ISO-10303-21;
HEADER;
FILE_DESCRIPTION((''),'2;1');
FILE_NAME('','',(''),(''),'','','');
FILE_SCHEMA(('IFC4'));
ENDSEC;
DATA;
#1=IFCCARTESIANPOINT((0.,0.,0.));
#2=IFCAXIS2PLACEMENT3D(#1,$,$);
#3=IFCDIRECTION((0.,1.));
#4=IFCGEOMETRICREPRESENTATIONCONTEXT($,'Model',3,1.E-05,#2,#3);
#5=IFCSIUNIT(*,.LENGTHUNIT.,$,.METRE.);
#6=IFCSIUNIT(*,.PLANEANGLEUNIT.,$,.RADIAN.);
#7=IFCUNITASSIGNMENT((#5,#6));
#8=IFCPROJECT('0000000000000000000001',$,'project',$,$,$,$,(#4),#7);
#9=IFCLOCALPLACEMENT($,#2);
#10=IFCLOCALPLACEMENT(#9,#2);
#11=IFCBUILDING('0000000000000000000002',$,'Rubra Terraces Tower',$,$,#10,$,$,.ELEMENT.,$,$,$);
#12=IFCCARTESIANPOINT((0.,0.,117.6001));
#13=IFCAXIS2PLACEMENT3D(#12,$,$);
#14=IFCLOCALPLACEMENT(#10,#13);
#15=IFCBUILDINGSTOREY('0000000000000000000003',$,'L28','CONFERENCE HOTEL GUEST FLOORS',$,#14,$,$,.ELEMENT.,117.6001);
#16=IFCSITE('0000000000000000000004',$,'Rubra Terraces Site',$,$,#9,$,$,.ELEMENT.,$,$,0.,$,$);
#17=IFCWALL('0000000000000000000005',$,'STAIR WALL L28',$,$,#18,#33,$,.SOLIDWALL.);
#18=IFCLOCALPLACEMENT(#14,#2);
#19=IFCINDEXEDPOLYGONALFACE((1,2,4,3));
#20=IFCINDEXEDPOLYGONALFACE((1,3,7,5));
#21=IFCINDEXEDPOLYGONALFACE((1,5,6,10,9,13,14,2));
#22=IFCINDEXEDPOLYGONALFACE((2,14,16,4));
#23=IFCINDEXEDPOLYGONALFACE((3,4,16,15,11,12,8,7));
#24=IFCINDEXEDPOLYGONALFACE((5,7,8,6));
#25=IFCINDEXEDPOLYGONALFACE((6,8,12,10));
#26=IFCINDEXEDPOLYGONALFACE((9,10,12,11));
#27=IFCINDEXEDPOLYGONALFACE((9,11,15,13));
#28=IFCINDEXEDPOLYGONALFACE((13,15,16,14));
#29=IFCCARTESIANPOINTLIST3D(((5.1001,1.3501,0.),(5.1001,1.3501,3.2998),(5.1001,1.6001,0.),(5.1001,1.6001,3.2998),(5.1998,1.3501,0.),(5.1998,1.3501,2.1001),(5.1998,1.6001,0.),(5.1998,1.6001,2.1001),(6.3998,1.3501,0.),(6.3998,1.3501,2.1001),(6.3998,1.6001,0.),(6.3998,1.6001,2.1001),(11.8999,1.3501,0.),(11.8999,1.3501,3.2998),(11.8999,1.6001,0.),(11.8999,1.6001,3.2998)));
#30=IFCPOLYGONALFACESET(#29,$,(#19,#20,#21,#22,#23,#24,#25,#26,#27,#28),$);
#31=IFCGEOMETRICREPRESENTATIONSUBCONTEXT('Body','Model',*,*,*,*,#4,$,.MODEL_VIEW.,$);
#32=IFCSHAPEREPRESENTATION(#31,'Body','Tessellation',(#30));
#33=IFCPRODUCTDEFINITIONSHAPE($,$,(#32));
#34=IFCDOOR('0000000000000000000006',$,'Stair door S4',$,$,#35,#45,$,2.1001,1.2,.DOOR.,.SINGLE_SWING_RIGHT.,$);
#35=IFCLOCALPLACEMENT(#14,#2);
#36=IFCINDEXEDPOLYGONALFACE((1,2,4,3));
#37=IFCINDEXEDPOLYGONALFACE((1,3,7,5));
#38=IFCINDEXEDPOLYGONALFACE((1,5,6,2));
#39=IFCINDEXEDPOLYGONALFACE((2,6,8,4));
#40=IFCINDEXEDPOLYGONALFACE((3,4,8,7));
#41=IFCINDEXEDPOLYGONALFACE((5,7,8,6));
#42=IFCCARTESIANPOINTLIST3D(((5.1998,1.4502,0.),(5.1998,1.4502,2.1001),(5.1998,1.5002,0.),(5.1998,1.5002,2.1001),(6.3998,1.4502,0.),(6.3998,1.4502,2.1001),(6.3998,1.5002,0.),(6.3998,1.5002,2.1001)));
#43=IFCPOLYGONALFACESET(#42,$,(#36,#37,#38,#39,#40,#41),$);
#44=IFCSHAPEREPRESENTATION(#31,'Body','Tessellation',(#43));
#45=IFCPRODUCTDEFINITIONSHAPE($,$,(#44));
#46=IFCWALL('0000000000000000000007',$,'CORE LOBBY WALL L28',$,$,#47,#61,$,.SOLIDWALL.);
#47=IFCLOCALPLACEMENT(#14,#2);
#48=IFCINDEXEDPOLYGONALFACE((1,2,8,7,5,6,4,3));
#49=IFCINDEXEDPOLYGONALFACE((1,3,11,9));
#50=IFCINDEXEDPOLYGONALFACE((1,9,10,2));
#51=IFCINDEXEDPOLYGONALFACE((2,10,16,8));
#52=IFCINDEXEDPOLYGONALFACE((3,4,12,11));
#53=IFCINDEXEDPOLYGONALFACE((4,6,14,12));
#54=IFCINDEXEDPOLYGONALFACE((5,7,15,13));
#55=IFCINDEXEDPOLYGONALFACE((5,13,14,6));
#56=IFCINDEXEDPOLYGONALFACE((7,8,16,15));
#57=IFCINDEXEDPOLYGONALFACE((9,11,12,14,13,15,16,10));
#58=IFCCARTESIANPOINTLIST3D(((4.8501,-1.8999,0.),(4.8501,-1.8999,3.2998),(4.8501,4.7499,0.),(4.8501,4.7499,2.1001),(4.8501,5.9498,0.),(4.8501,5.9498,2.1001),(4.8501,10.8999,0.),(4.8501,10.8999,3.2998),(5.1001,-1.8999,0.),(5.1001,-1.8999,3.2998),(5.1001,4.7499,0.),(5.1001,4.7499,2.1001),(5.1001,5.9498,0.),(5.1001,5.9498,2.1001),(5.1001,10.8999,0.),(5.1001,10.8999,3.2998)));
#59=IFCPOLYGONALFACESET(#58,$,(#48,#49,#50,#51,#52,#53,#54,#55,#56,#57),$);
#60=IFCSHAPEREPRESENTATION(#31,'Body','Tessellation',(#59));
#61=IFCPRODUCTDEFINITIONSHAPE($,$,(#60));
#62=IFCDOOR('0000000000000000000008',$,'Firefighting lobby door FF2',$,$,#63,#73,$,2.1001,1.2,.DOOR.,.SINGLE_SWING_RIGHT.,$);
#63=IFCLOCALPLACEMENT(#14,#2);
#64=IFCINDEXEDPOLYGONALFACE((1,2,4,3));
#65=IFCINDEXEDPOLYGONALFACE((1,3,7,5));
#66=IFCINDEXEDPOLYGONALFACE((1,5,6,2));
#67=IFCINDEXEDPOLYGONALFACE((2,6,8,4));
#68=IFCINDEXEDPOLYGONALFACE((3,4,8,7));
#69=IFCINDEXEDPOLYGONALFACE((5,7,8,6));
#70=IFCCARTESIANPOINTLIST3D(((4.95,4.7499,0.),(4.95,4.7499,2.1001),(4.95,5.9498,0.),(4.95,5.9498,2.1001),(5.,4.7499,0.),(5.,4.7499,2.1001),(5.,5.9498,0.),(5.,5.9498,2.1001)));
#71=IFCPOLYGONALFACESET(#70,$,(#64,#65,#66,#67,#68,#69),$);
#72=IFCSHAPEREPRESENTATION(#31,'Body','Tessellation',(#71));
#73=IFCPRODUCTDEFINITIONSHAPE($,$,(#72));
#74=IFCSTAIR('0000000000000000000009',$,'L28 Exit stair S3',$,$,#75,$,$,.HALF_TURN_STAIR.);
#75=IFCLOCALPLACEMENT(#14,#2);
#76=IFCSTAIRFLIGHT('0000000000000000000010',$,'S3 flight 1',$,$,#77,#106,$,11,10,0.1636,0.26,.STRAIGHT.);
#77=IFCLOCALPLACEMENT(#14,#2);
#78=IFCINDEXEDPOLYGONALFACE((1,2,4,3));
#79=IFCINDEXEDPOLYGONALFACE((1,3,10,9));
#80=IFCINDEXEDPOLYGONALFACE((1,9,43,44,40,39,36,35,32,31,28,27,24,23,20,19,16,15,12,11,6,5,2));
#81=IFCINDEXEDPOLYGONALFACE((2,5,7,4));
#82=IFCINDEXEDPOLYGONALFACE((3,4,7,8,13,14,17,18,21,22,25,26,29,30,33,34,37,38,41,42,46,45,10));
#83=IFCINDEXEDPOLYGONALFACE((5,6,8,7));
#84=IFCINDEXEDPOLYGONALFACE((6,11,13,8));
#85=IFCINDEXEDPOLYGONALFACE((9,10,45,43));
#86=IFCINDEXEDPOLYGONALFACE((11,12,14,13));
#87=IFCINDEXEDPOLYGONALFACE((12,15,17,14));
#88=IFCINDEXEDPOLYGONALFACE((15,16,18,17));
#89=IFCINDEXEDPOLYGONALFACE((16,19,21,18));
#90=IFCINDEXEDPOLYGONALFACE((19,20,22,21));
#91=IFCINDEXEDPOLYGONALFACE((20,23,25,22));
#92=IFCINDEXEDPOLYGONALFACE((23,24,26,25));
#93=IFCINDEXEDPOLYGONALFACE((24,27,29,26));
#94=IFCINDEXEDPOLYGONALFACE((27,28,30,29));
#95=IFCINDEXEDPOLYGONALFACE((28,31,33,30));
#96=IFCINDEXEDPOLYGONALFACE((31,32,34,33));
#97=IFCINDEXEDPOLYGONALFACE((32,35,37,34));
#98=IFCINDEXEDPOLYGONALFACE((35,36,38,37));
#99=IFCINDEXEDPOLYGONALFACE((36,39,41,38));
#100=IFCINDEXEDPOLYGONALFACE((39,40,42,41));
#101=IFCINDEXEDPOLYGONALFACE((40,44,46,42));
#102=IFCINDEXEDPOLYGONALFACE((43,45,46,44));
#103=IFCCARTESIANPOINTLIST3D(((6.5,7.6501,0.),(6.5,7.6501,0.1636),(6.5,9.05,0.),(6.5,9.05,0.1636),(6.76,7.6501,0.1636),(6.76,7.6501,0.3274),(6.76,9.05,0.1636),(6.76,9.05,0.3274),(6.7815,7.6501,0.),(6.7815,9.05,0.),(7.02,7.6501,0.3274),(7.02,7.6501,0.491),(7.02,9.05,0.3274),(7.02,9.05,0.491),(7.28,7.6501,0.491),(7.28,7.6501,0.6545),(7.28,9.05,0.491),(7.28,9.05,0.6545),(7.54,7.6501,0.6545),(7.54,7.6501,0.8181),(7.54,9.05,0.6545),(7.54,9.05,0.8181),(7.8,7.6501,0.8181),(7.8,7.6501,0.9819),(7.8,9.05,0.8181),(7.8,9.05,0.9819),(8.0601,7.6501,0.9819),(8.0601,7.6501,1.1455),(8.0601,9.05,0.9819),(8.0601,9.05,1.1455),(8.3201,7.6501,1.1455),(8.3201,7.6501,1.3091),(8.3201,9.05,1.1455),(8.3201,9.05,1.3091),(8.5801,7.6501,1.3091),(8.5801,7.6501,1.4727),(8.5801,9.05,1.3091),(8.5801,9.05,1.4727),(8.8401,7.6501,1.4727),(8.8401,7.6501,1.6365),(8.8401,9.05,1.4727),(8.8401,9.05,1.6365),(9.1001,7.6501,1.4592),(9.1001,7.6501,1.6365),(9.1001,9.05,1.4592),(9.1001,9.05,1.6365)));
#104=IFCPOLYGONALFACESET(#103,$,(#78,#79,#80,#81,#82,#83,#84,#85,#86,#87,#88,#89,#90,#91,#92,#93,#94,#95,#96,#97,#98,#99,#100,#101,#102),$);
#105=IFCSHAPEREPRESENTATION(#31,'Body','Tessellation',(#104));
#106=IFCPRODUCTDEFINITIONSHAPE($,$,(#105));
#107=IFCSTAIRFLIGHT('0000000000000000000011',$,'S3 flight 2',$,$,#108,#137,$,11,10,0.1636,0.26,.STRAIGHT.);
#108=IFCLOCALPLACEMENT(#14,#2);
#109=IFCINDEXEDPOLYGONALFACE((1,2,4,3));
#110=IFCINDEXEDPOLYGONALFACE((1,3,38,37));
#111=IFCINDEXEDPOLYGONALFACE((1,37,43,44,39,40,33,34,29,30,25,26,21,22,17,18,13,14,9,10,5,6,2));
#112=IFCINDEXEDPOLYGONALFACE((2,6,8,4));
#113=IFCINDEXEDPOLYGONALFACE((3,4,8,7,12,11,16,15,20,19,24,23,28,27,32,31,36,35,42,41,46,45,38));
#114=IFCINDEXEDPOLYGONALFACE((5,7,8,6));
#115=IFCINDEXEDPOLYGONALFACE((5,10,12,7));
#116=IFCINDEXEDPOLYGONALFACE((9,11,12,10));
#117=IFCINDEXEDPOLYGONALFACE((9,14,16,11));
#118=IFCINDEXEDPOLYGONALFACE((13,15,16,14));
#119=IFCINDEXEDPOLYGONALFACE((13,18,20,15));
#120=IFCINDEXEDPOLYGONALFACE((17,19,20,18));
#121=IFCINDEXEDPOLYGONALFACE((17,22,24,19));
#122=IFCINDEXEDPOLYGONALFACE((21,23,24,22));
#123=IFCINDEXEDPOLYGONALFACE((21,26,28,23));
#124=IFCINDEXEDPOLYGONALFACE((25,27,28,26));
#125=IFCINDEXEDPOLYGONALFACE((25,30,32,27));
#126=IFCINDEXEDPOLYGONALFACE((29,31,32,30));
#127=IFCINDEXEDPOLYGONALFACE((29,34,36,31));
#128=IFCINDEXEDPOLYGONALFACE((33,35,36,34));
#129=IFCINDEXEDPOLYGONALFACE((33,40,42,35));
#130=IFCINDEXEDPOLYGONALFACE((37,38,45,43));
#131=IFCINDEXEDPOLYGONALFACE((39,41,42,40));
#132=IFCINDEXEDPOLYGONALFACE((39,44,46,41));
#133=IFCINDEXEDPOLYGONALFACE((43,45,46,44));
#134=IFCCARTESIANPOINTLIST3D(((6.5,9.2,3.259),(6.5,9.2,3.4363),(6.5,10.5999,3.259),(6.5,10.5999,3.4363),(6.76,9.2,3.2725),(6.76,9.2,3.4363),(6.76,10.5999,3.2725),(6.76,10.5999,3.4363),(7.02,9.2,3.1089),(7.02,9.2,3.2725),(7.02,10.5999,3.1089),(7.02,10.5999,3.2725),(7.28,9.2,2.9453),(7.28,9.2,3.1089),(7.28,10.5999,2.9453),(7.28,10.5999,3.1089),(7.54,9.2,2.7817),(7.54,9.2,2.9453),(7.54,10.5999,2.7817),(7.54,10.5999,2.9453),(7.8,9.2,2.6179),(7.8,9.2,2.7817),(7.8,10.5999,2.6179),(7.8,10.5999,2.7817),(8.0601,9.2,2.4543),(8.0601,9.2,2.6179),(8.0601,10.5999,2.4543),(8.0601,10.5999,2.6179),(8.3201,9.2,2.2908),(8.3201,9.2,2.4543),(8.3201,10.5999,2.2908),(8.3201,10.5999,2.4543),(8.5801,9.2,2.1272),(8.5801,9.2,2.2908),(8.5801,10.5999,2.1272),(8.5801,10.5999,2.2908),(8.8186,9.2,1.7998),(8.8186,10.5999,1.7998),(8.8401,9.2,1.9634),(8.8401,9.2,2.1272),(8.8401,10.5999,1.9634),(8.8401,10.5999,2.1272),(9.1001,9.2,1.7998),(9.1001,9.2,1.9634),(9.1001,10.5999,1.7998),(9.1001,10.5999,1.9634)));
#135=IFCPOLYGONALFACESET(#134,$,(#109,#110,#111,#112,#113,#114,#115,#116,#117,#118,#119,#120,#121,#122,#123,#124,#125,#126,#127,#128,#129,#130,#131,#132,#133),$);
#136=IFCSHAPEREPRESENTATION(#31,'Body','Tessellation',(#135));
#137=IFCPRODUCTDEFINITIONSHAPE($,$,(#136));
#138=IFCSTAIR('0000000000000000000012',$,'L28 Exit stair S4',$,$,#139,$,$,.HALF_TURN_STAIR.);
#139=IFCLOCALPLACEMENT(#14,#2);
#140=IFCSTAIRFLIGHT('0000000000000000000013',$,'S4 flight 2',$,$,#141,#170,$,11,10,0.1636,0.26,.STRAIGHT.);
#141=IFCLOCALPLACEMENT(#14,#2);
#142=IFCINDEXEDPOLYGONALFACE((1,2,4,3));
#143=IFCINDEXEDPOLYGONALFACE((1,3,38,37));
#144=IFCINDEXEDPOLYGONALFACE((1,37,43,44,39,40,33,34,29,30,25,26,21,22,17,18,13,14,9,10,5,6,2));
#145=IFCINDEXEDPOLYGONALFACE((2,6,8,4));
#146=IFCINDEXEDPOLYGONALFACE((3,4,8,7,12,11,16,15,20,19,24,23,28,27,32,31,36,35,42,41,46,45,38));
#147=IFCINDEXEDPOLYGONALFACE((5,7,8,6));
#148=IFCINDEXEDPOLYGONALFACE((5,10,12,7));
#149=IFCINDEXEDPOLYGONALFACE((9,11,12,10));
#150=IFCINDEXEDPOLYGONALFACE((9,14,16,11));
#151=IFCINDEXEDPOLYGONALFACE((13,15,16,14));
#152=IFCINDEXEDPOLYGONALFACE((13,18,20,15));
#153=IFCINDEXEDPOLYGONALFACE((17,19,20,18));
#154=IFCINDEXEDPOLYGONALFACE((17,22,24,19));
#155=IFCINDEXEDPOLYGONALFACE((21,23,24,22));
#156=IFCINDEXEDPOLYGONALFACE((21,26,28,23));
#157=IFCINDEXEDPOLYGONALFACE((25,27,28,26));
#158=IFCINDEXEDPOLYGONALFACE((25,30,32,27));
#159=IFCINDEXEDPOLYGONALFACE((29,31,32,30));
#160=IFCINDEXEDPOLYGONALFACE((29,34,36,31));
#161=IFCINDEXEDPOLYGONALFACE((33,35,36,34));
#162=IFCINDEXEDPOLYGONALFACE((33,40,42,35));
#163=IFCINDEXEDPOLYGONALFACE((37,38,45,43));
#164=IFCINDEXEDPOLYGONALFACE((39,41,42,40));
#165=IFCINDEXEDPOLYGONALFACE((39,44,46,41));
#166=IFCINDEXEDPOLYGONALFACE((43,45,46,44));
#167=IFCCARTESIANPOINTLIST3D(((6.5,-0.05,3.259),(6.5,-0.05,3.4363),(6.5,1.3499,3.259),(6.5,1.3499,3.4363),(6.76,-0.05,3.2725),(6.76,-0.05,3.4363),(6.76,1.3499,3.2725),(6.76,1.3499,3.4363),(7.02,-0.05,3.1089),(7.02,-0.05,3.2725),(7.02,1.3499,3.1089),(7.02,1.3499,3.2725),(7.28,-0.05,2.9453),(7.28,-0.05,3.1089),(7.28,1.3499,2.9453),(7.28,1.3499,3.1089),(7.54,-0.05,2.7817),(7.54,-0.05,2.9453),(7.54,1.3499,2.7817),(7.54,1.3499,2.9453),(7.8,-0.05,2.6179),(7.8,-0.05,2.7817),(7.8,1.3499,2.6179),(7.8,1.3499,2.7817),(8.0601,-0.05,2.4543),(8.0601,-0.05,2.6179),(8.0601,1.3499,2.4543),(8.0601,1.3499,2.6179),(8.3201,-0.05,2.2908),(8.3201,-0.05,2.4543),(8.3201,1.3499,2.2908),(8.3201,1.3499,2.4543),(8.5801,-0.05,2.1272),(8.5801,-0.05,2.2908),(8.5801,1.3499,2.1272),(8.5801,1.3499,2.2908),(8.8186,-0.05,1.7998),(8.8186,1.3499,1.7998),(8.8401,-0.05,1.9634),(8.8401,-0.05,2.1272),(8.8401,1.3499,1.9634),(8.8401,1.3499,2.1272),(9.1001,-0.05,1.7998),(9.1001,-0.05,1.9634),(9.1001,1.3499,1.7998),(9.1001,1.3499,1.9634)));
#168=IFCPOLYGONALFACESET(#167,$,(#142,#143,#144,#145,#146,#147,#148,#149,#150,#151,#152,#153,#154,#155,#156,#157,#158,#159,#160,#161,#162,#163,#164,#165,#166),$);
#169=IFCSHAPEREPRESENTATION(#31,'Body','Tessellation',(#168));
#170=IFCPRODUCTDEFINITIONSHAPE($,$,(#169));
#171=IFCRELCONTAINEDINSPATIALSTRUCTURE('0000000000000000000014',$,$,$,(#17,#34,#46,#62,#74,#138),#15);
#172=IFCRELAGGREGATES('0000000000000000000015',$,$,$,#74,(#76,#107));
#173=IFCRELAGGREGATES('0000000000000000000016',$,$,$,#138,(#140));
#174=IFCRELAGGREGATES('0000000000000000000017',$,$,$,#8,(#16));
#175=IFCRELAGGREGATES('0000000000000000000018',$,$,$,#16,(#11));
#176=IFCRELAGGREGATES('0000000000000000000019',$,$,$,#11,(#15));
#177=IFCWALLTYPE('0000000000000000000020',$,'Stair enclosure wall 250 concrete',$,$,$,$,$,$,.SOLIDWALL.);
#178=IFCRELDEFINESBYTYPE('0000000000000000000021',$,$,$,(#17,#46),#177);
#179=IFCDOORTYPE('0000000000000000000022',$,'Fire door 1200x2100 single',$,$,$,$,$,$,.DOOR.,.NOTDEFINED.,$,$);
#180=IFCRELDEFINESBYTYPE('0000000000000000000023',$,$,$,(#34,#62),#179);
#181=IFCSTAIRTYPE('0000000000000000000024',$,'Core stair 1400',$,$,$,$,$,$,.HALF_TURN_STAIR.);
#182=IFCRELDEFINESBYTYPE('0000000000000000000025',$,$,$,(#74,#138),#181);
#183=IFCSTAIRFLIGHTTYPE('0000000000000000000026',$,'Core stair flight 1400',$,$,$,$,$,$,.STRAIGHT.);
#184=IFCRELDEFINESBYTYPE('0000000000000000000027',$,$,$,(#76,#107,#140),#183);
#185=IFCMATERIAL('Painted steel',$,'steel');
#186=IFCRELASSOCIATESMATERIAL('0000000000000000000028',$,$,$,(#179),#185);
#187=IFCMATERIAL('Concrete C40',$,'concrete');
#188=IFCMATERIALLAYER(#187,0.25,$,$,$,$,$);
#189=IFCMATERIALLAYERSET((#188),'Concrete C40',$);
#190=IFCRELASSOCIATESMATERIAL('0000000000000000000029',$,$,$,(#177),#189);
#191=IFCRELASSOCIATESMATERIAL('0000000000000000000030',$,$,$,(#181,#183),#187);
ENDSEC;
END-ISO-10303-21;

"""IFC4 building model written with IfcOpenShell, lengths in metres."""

from ifc_helpers import new_model, si_unit, direction, frame, frame_2d, origin, place, context, subcontext, project, spatial, polyline, rectangle, outline, extrude, material, layer, layer_set, type_object, element, fill, aggregate, save


model = new_model("IFC4")

# Units and contexts
model_context = context("Model", 3, precision=1e-05, world=origin(), true_north=direction((0.0, 1.0)))
body_context = subcontext(model_context, "Body", "Model", "MODEL_VIEW")
ifc_project = project(units=[si_unit("LENGTHUNIT", "METRE"), si_unit("PLANEANGLEUNIT", "RADIAN")], contexts=[model_context])

# Site, building, storey
site_placement = place(None, origin())
site = spatial("IfcSite", under=ifc_project, at=site_placement, Name="Rubra Terraces Site", CompositionType="ELEMENT", RefElevation=0.0)
building_placement = place(site_placement, origin())
building = spatial("IfcBuilding", under=site, at=building_placement, Name="Rubra Terraces Tower", CompositionType="ELEMENT")
storey_placement = place(building_placement, frame((0.0, 0.0, 117.6001)))
storey = spatial("IfcBuildingStorey", under=building, at=storey_placement, Name="L28", Description="CONFERENCE HOTEL GUEST FLOORS", CompositionType="ELEMENT", Elevation=117.6001)

# Shared definitions
ifc_material_1 = material(Name="Concrete C40", Category="concrete")

# Shared definitions
ifc_material_2 = material(Name="Painted steel", Category="steel")
door_type_1 = type_object("IfcDoorType", Name="Fire door 1200x2100 single", OperationType="NOTDEFINED", PredefinedType="DOOR", material=ifc_material_2)

# Walls, openings, doors
ifc_layer_1 = layer(ifc_material_1, 0.25)
ifc_layer_set_1 = layer_set([ifc_layer_1], Name="Concrete C40")
wall_type_1 = type_object("IfcWallType", Name="Stair enclosure wall 250 concrete", PredefinedType="SOLIDWALL", material=ifc_layer_set_1)
wall_1_placement = place(storey_placement, frame((11.8999, 1.4751, 0.0), z_axis=(0.0, 0.0, 1.0), x_axis=(-1.0, 0.0, 0.0)))
wall_1 = element("IfcWall", 1, at=wall_1_placement, inside=storey, type_object=wall_type_1, Name="STAIR WALL L28", PredefinedType="SOLIDWALL", context=body_context, shape_type="SweptSolid", body=[
    extrude(rectangle(XDim=6.7998, YDim=0.25, at=frame_2d((3.3999, 0.0))), origin(), (0.0, 0.0, 1.0), 3.2998),
])
opening_1_placement = place(wall_1_placement, frame((5.5, 0.0, 0.0)))
opening_1 = element("IfcOpeningElement", 2, at=opening_1_placement, cuts=wall_1, PredefinedType="OPENING", context=body_context, shape_type="SweptSolid", body=[
    extrude(rectangle(XDim=1.2, YDim=2.1001, at=frame_2d((0.6001, 1.05))), frame((0.0, 0.135, 0.0), z_axis=(0.0, -1.0, 0.0), x_axis=(1.0, 0.0, 0.0)), (0.0, 0.0, 1.0), 0.27),
])
door_1_placement = place(opening_1_placement, origin())
door_1 = element("IfcDoor", 3, at=door_1_placement, inside=storey, type_object=door_type_1, Name="Stair door S4", OperationType="SINGLE_SWING_RIGHT", OverallHeight=2.1001, OverallWidth=1.2, PredefinedType="DOOR", context=body_context, shape_type="SweptSolid", body=[
    extrude(rectangle(XDim=1.2, YDim=2.1001, at=frame_2d((0.6001, 1.05))), frame((0.0, 0.0249, 0.0), z_axis=(0.0, -1.0, 0.0), x_axis=(1.0, 0.0, 0.0)), (0.0, 0.0, 1.0), 0.05),
])
fill(opening_1, door_1)
wall_2_placement = place(storey_placement, frame((4.9751, 10.8999, 0.0), z_axis=(0.0, 0.0, 1.0), x_axis=(0.0, -1.0, 0.0)))
wall_2 = element("IfcWall", 4, at=wall_2_placement, inside=storey, type_object=wall_type_1, Name="CORE LOBBY WALL L28", PredefinedType="SOLIDWALL", context=body_context, shape_type="SweptSolid", body=[
    extrude(rectangle(XDim=12.7998, YDim=0.25, at=frame_2d((6.3999, 0.0))), origin(), (0.0, 0.0, 1.0), 3.2998),
])
opening_2_placement = place(wall_2_placement, frame((4.95, 0.0, 0.0)))
opening_2 = element("IfcOpeningElement", 5, at=opening_2_placement, cuts=wall_2, PredefinedType="OPENING", context=body_context, shape_type="SweptSolid", body=[
    extrude(rectangle(XDim=1.2, YDim=2.1001, at=frame_2d((0.6001, 1.05))), frame((0.0, 0.135, 0.0), z_axis=(0.0, -1.0, 0.0), x_axis=(1.0, 0.0, 0.0)), (0.0, 0.0, 1.0), 0.27),
])
door_2_placement = place(opening_2_placement, origin())
door_2 = element("IfcDoor", 6, at=door_2_placement, inside=storey, type_object=door_type_1, Name="Firefighting lobby door FF2", OperationType="SINGLE_SWING_RIGHT", OverallHeight=2.1001, OverallWidth=1.2, PredefinedType="DOOR", context=body_context, shape_type="SweptSolid", body=[
    extrude(rectangle(XDim=1.2, YDim=2.1001, at=frame_2d((0.6001, 1.05))), frame((0.0, 0.0249, 0.0), z_axis=(0.0, -1.0, 0.0), x_axis=(1.0, 0.0, 0.0)), (0.0, 0.0, 1.0), 0.05),
])
fill(opening_2, door_2)

# Stair, stair flights
stair_type = type_object("IfcStairType", Name="Core stair 1400", PredefinedType="HALF_TURN_STAIR", material=ifc_material_1)
stair_1_placement = place(storey_placement, origin())
stair_1 = element("IfcStair", 7, at=stair_1_placement, inside=storey, type_object=stair_type, Name="L28 Exit stair S3", PredefinedType="HALF_TURN_STAIR")
stair_flight_type = type_object("IfcStairFlightType", Name="Core stair flight 1400", PredefinedType="STRAIGHT", material=ifc_material_1)
stair_flight_1_placement = place(storey_placement, frame((6.5, 8.3501, 0.0), z_axis=(0.0, 0.0, 1.0), x_axis=(1.0, 0.0, 0.0)))
stair_flight_1 = element("IfcStairFlight", 8, at=stair_flight_1_placement, type_object=stair_flight_type, Name="S3 flight 1", NumberOfRisers=11, NumberOfTreads=10, PredefinedType="STRAIGHT", RiserHeight=0.1636, TreadLength=0.26, context=body_context, shape_type="SweptSolid", body=[
    extrude(outline(polyline([(0.0, 0.0), (0.0, 0.1636), (0.26, 0.1636), (0.26, 0.3274), (0.52, 0.3274), (0.52, 0.491), (0.78, 0.491), (0.78, 0.6545), (1.04, 0.6545), (1.04, 0.8181), (1.3, 0.8181), (1.3, 0.9819), (1.5601, 0.9819), (1.5601, 1.1455), (1.8201, 1.1455), (1.8201, 1.3091), (2.0801, 1.3091), (2.0801, 1.4727), (2.3401, 1.4727), (2.3401, 1.6365), (2.6001, 1.6365), (2.6001, 1.8), (2.6001, 1.4592), (0.2815, 0.0), (0.0, 0.0)])), frame((0.0, 0.7, 0.0), z_axis=(0.0, -1.0, 0.0), x_axis=(1.0, 0.0, 0.0)), (0.0, 0.0, 1.0), 1.3999),
])
stair_flight_2_placement = place(storey_placement, frame((9.1001, 9.8999, 1.7998), z_axis=(0.0, 0.0, 1.0), x_axis=(-1.0, 0.0, 0.0)))
stair_flight_2 = element("IfcStairFlight", 9, at=stair_flight_2_placement, type_object=stair_flight_type, Name="S3 flight 2", NumberOfRisers=11, NumberOfTreads=10, PredefinedType="STRAIGHT", RiserHeight=0.1636, TreadLength=0.26, context=body_context, shape_type="SweptSolid", body=[
    extrude(outline(polyline([(0.0, 0.0), (0.0, 0.1636), (0.26, 0.1636), (0.26, 0.3274), (0.52, 0.3274), (0.52, 0.491), (0.78, 0.491), (0.78, 0.6545), (1.04, 0.6545), (1.04, 0.8181), (1.3, 0.8181), (1.3, 0.9819), (1.5601, 0.9819), (1.5601, 1.1455), (1.8201, 1.1455), (1.8201, 1.3091), (2.0801, 1.3091), (2.0801, 1.4727), (2.3401, 1.4727), (2.3401, 1.6365), (2.6001, 1.6365), (2.6001, 1.8), (2.6001, 1.4592), (0.2815, 0.0), (0.0, 0.0)])), frame((0.0, 0.7, 0.0), z_axis=(0.0, -1.0, 0.0), x_axis=(1.0, 0.0, 0.0)), (0.0, 0.0, 1.0), 1.3999),
])
aggregate(stair_1, [stair_flight_1, stair_flight_2])

# Stair, stair flight
stair_2_placement = place(storey_placement, origin())
stair_2 = element("IfcStair", 10, at=stair_2_placement, inside=storey, type_object=stair_type, Name="L28 Exit stair S4", PredefinedType="HALF_TURN_STAIR")
stair_flight_3_placement = place(storey_placement, frame((9.1001, 0.6499, 1.7998), z_axis=(0.0, 0.0, 1.0), x_axis=(-1.0, 0.0, 0.0)))
stair_flight_3 = element("IfcStairFlight", 11, at=stair_flight_3_placement, type_object=stair_flight_type, Name="S4 flight 2", NumberOfRisers=11, NumberOfTreads=10, PredefinedType="STRAIGHT", RiserHeight=0.1636, TreadLength=0.26, context=body_context, shape_type="SweptSolid", body=[
    extrude(outline(polyline([(0.0, 0.0), (0.0, 0.1636), (0.26, 0.1636), (0.26, 0.3274), (0.52, 0.3274), (0.52, 0.491), (0.78, 0.491), (0.78, 0.6545), (1.04, 0.6545), (1.04, 0.8181), (1.3, 0.8181), (1.3, 0.9819), (1.5601, 0.9819), (1.5601, 1.1455), (1.8201, 1.1455), (1.8201, 1.3091), (2.0801, 1.3091), (2.0801, 1.4727), (2.3401, 1.4727), (2.3401, 1.6365), (2.6001, 1.6365), (2.6001, 1.8), (2.6001, 1.4592), (0.2815, 0.0), (0.0, 0.0)])), frame((0.0, 0.7, 0.0), z_axis=(0.0, -1.0, 0.0), x_axis=(1.0, 0.0, 0.0)), (0.0, 0.0, 1.0), 1.3999),
])
aggregate(stair_2, [stair_flight_3])

save(model, "model.ifc")
